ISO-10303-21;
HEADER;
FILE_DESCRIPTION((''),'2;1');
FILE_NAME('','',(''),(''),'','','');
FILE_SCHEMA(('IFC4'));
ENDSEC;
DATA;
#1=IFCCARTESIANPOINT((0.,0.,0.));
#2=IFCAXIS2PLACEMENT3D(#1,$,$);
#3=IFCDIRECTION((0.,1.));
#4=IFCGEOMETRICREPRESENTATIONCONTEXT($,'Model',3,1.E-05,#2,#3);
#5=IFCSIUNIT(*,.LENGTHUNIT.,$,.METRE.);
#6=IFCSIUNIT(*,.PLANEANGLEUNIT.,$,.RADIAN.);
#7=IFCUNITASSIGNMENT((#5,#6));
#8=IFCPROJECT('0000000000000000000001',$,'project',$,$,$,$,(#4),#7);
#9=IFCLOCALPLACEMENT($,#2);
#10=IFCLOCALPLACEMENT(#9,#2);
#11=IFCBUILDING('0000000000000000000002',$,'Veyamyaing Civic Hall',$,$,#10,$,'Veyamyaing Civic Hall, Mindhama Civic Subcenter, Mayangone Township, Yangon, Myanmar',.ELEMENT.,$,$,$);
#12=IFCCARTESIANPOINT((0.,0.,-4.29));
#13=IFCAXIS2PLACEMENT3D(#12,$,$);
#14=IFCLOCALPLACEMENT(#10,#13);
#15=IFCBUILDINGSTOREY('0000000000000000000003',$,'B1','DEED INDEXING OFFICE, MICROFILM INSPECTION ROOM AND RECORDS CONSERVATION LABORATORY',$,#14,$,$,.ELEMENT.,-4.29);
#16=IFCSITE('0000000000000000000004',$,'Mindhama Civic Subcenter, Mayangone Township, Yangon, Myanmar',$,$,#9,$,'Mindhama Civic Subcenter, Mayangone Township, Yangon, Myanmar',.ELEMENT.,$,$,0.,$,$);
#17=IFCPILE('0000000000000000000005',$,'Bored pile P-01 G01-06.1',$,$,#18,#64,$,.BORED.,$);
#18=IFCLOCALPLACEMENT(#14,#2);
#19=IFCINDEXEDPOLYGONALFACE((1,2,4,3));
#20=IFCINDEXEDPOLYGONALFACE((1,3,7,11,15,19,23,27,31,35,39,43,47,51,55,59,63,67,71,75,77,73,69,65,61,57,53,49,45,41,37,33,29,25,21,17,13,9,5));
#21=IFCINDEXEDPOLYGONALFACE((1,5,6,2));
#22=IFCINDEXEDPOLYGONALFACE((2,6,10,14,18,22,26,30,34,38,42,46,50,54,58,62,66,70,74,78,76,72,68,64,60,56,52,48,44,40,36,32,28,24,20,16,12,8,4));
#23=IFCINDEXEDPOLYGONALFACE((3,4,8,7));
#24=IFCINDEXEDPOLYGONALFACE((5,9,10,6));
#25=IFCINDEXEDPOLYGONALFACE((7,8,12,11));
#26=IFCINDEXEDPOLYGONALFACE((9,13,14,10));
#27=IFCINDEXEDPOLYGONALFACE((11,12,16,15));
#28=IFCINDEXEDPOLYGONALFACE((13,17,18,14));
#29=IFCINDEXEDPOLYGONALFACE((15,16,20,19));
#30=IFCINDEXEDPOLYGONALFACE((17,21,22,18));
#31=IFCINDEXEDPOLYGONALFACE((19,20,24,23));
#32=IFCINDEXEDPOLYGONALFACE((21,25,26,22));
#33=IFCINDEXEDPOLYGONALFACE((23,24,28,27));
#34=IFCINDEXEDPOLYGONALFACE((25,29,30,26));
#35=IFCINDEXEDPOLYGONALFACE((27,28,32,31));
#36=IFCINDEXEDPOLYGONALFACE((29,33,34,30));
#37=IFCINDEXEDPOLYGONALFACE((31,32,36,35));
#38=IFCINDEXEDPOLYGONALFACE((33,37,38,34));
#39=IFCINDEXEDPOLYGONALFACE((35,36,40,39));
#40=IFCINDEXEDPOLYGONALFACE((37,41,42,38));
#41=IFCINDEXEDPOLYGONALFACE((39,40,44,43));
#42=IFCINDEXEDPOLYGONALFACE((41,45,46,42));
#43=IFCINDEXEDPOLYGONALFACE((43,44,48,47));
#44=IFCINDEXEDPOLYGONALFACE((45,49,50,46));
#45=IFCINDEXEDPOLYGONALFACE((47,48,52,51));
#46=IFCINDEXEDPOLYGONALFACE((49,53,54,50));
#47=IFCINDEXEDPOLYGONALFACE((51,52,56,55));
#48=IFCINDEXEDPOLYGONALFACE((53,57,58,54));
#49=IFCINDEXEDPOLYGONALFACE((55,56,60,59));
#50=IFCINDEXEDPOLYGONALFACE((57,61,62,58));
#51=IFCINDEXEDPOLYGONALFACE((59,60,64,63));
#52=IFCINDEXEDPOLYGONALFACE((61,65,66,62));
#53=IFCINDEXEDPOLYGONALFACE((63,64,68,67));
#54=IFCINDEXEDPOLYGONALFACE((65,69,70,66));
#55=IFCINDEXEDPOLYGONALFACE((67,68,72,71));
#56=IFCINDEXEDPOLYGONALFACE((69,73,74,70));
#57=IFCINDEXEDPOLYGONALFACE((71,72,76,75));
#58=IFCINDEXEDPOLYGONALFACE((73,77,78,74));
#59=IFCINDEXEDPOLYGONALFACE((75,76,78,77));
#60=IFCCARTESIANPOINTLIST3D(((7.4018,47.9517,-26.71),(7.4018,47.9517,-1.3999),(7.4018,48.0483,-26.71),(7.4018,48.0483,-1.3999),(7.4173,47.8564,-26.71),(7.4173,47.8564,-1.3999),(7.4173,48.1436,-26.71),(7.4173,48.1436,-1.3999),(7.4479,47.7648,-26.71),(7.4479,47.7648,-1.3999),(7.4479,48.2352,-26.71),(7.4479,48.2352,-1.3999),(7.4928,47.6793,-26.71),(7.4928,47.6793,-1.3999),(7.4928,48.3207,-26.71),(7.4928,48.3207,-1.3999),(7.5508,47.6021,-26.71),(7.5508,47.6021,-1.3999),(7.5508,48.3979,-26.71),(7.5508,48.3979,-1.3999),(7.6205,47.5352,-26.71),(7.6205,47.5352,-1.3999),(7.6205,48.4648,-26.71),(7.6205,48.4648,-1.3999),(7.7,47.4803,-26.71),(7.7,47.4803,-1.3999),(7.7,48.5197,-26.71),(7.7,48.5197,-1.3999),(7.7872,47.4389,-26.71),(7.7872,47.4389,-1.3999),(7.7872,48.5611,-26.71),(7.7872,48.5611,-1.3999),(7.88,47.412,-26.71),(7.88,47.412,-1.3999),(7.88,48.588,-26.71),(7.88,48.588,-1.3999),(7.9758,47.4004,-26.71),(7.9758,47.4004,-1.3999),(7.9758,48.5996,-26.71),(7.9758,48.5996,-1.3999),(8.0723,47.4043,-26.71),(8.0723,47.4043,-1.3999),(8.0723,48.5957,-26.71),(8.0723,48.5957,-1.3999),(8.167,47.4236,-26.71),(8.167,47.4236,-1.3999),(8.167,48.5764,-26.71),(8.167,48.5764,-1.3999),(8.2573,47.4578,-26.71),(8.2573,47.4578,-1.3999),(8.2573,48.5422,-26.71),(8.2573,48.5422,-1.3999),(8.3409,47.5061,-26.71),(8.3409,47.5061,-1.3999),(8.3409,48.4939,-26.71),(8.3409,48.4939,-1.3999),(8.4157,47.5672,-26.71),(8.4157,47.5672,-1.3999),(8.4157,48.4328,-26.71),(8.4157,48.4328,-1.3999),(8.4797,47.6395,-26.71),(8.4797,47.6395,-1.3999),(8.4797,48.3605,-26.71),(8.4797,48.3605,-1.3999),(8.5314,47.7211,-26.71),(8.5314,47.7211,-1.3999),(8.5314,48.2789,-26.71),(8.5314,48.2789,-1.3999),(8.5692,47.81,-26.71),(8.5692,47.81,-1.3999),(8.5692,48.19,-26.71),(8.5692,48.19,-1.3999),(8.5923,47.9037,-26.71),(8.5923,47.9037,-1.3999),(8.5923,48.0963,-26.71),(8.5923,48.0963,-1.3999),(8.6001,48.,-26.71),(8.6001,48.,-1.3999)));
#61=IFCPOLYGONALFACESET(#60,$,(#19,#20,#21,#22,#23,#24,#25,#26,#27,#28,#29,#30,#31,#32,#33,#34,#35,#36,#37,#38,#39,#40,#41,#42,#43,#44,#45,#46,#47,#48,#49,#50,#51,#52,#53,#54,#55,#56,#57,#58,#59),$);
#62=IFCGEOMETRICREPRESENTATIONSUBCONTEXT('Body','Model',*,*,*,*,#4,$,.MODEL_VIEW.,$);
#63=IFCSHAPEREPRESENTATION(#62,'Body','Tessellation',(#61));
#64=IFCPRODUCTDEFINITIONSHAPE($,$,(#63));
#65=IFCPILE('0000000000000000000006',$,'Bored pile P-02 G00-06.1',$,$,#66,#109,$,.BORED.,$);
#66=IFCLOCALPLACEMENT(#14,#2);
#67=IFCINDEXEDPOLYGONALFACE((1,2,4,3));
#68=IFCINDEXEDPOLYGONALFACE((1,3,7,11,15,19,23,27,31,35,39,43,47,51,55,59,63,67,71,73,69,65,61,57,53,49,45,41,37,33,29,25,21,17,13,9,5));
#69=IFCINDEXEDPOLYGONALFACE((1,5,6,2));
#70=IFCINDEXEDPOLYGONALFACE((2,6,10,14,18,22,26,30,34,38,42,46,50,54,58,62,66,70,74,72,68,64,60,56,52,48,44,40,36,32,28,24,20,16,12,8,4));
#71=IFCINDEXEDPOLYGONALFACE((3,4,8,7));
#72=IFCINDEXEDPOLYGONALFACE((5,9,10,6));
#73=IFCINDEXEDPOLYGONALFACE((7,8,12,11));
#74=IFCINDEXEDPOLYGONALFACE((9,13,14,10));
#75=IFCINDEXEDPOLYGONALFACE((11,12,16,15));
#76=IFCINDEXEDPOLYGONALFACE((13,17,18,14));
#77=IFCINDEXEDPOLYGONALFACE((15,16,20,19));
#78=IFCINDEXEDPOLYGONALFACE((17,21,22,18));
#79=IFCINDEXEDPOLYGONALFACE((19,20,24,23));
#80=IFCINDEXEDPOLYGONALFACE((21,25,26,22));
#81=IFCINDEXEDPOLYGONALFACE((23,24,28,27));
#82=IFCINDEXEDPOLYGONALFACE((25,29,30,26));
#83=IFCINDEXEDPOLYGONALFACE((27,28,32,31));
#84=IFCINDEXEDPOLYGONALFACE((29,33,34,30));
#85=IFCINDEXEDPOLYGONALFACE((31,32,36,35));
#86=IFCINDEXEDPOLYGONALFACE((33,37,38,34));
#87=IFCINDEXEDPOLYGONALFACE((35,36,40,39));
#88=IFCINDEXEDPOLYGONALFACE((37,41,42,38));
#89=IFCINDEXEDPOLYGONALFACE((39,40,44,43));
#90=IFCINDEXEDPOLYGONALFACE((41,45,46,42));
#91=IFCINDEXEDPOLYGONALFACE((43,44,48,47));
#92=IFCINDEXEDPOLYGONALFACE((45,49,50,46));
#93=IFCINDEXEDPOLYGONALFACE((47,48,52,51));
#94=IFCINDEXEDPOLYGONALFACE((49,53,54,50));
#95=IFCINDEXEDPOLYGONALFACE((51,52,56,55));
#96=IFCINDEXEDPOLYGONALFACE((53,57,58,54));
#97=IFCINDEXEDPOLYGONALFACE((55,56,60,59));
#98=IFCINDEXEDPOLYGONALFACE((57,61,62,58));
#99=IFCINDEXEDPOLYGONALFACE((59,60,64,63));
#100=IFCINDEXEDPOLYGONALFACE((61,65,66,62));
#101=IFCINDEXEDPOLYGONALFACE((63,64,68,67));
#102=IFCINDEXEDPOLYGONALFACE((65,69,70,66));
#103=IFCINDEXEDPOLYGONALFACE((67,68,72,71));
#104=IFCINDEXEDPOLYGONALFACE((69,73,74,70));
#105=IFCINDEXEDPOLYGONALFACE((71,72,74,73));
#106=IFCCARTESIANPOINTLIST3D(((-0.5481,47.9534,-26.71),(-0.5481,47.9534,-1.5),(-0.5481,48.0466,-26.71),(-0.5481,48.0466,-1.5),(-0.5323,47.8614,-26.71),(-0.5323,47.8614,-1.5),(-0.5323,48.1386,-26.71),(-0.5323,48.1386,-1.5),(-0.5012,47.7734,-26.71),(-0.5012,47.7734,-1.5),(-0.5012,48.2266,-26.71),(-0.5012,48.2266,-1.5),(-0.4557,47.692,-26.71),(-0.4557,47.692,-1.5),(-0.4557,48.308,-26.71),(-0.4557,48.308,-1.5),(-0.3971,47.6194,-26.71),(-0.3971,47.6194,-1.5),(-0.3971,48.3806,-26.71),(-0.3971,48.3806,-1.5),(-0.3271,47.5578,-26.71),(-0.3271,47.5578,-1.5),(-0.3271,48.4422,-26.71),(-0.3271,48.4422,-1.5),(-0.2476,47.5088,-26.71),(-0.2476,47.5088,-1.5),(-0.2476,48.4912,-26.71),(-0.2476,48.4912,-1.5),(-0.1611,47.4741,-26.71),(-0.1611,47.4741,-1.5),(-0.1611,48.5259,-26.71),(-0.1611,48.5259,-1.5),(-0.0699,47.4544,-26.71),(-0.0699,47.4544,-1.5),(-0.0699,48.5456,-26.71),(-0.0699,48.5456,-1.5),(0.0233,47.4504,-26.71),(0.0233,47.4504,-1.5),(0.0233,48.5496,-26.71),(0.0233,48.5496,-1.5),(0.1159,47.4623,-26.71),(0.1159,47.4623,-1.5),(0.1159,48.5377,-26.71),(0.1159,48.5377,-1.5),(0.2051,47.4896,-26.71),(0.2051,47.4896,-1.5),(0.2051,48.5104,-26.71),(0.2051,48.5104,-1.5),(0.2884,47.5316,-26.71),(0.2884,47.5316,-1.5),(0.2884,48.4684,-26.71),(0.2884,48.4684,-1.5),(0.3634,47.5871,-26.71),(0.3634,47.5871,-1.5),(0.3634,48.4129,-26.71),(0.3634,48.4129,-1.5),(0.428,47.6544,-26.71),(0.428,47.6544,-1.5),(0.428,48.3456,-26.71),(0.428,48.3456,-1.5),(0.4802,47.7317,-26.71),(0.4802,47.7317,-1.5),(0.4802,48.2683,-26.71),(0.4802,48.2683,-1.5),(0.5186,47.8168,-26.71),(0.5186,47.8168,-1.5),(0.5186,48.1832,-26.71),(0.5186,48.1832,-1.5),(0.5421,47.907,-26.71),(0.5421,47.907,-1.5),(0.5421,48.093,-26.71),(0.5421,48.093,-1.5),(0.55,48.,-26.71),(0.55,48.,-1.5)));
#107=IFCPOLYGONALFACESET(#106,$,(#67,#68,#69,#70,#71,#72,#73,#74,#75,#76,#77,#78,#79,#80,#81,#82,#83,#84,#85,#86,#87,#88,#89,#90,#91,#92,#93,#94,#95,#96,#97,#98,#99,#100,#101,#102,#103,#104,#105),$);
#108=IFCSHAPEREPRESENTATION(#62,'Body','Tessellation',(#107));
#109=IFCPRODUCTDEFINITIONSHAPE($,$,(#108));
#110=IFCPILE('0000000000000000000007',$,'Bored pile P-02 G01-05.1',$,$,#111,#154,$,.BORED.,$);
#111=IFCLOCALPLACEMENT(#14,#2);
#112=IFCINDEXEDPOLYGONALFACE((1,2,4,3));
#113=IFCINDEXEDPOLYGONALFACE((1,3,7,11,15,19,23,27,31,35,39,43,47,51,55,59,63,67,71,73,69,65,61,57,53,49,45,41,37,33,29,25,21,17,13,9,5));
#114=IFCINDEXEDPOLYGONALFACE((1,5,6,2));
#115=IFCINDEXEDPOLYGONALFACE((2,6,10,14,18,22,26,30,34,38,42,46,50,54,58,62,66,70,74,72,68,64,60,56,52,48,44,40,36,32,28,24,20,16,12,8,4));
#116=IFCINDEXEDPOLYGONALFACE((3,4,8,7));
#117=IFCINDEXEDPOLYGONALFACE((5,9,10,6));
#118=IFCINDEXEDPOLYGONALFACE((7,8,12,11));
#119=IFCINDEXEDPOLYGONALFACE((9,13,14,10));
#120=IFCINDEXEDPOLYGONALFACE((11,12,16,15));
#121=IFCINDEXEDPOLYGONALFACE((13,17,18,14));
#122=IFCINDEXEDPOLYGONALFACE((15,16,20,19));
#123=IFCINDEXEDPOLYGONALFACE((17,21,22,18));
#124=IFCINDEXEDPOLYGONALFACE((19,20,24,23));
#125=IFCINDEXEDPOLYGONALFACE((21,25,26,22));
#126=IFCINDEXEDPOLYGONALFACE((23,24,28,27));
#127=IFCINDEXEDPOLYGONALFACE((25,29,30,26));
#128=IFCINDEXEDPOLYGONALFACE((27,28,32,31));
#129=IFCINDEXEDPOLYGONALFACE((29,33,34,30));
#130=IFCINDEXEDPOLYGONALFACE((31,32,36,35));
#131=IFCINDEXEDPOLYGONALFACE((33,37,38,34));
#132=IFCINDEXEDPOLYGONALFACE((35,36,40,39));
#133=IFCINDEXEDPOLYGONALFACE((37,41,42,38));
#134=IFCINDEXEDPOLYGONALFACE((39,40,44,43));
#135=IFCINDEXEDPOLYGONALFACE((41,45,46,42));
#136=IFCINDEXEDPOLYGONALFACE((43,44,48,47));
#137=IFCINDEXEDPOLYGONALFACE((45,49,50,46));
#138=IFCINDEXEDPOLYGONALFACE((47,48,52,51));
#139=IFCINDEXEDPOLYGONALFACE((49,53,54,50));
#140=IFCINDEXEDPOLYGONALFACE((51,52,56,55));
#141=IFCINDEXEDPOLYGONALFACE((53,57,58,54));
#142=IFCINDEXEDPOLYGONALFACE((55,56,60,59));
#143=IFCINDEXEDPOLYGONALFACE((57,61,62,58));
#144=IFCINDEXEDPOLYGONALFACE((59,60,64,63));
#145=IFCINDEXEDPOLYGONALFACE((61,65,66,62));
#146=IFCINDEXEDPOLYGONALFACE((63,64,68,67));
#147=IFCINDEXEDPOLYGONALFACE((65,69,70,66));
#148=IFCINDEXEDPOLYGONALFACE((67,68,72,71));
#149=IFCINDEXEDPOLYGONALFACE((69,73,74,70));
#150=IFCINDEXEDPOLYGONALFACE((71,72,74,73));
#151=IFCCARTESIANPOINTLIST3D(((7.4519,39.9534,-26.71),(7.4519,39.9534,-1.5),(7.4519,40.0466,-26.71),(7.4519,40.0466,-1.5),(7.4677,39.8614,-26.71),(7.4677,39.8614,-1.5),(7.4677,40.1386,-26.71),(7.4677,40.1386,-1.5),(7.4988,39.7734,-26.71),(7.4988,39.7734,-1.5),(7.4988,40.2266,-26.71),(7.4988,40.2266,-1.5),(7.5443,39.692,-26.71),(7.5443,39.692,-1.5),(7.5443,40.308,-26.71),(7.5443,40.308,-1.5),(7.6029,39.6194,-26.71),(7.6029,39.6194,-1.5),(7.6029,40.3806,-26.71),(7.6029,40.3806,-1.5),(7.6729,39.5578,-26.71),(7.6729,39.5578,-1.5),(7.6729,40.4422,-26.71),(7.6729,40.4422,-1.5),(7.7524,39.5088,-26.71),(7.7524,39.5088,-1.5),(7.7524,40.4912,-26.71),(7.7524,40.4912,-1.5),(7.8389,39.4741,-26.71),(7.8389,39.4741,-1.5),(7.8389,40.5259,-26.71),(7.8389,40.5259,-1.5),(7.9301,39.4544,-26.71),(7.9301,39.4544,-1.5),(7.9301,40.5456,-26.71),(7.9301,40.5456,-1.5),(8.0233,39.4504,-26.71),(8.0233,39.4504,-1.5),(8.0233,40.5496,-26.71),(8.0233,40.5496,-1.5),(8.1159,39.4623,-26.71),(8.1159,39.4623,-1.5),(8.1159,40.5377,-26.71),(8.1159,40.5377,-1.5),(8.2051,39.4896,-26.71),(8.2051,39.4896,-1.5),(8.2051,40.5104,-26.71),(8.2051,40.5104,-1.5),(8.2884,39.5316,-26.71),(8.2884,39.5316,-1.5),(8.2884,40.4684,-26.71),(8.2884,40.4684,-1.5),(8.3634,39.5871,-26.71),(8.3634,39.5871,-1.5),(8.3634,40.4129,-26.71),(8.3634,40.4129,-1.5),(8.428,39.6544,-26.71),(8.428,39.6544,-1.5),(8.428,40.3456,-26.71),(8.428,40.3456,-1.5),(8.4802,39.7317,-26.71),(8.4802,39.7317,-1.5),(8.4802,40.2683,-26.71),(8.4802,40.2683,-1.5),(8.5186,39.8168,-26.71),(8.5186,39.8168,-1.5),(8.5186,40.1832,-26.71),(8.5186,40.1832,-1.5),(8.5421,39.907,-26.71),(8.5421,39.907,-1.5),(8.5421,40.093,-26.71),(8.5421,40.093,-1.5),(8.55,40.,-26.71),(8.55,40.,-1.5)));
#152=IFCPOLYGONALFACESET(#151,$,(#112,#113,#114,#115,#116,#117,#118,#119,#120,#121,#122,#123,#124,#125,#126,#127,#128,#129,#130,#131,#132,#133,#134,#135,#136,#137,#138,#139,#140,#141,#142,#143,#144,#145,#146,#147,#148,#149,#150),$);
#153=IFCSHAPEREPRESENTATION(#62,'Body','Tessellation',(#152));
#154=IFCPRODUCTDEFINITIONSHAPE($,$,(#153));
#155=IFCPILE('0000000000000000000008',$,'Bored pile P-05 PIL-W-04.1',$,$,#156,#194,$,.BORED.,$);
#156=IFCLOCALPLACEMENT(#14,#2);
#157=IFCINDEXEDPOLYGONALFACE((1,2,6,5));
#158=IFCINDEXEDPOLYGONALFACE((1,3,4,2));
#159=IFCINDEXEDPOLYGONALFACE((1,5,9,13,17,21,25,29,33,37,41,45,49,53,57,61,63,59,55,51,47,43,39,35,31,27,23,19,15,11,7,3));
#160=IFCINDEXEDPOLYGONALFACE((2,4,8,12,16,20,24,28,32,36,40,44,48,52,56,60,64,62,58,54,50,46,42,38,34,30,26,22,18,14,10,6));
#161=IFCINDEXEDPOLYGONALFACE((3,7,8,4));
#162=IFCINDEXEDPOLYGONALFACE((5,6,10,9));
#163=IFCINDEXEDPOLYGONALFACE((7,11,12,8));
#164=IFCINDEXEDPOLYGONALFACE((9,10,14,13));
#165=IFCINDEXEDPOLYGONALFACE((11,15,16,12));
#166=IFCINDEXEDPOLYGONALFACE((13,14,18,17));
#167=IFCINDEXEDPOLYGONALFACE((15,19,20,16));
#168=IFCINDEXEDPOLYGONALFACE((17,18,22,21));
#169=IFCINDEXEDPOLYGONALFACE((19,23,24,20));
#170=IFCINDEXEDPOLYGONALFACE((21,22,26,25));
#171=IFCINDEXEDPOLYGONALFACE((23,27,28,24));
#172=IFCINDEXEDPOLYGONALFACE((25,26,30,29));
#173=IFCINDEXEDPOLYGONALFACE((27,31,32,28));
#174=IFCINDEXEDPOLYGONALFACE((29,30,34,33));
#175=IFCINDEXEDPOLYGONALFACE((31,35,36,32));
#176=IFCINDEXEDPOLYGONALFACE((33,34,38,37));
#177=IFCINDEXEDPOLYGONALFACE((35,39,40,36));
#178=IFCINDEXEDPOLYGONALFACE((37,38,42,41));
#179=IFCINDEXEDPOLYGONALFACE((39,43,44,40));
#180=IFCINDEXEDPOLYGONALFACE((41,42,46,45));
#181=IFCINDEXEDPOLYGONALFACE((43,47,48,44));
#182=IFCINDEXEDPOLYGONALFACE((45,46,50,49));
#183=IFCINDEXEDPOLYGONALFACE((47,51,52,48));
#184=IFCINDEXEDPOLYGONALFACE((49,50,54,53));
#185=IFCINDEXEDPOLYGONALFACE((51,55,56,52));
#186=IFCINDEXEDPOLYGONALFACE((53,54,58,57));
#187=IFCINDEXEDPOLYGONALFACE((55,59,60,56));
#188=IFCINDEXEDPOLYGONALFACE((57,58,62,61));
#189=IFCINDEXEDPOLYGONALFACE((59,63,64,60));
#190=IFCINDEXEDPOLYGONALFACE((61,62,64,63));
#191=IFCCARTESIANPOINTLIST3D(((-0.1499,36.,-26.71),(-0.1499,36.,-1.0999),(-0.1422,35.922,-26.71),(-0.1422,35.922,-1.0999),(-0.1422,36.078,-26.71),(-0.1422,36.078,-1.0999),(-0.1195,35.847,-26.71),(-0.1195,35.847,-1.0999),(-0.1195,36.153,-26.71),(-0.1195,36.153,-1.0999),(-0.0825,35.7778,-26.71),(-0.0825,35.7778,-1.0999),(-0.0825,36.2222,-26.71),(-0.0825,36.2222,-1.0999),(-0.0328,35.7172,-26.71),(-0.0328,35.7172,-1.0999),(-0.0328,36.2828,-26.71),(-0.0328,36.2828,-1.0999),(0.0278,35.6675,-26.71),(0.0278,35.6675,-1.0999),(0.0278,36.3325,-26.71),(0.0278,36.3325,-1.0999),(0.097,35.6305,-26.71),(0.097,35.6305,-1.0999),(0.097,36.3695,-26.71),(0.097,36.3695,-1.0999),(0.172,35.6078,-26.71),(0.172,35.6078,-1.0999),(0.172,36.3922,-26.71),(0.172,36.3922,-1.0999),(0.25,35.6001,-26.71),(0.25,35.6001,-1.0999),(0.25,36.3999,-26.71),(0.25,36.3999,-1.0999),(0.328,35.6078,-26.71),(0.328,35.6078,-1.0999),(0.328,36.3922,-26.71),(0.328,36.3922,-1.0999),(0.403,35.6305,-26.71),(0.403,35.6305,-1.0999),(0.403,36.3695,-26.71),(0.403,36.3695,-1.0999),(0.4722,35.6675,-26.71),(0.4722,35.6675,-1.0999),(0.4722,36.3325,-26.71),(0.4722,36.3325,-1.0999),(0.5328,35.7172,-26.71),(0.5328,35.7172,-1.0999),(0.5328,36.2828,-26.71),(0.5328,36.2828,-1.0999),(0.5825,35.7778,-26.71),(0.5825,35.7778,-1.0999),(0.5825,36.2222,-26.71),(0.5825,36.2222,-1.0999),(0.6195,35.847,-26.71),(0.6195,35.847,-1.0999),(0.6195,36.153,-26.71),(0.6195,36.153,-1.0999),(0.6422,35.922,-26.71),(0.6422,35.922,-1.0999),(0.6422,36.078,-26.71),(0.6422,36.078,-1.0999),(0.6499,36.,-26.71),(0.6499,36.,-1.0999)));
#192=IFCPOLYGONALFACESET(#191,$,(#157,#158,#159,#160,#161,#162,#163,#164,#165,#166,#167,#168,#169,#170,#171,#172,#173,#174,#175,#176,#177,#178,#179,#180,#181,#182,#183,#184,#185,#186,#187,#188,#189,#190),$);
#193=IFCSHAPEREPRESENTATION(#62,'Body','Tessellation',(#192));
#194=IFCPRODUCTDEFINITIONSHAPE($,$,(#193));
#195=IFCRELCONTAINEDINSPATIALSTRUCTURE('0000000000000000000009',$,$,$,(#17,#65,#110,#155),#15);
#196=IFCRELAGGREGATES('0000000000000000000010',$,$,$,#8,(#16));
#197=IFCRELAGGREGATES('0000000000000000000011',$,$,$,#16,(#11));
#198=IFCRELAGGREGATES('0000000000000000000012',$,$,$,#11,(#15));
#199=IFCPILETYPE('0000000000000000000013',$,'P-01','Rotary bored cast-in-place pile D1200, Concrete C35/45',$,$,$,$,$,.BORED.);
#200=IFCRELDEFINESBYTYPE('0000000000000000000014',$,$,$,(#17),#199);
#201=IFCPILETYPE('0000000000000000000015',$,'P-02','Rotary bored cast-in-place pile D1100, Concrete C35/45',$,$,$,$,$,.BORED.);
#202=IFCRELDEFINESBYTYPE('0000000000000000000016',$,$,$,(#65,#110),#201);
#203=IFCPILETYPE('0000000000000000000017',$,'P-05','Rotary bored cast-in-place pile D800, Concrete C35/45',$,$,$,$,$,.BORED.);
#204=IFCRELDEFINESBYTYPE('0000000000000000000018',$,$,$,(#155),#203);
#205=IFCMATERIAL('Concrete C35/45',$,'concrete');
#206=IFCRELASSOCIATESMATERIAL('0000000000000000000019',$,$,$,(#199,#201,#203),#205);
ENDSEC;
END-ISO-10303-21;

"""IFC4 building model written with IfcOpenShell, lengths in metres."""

from ifc_helpers import new_model, si_unit, direction, frame, origin, origin_2d, place, context, subcontext, project, spatial, circle, extrude, material, material_profile, profile_set, type_object, element, save


model = new_model("IFC4")

# Units and contexts
model_context = context("Model", 3, precision=1e-05, world=origin(), true_north=direction((0.0, 1.0)))
body_context = subcontext(model_context, "Body", "Model", "MODEL_VIEW")
ifc_project = project(units=[si_unit("LENGTHUNIT", "METRE"), si_unit("PLANEANGLEUNIT", "RADIAN")], contexts=[model_context])

# Site, building, storey
site_placement = place(None, origin())
site = spatial("IfcSite", under=ifc_project, at=site_placement, Name="Mindhama Civic Subcenter, Mayangone Township, Yangon, Myanmar", LongName="Mindhama Civic Subcenter, Mayangone Township, Yangon, Myanmar", CompositionType="ELEMENT", RefElevation=0.0)
building_placement = place(site_placement, origin())
building = spatial("IfcBuilding", under=site, at=building_placement, Name="Veyamyaing Civic Hall", LongName="Veyamyaing Civic Hall, Mindhama Civic Subcenter, Mayangone Township, Yangon, Myanmar", CompositionType="ELEMENT")
storey_placement = place(building_placement, frame((0.0, 0.0, -4.29)))
storey = spatial("IfcBuildingStorey", under=building, at=storey_placement, Name="B1", Description="DEED INDEXING OFFICE, MICROFILM INSPECTION ROOM AND RECORDS CONSERVATION LABORATORY", CompositionType="ELEMENT", Elevation=-4.29)

# Piles
ifc_material_1 = material(Name="Concrete C35/45", Category="concrete")
ifc_material_profile_1 = material_profile(ifc_material_1, circle(Radius=0.6001, at=origin_2d()), Name="PILE-D1200")
ifc_profile_set_1 = profile_set([ifc_material_profile_1], Name="Concrete C35/45")
pile_type_1 = type_object("IfcPileType", Name="P-01", Description="Rotary bored cast-in-place pile D1200, Concrete C35/45", PredefinedType="BORED", material=ifc_profile_set_1)
for number, where, z_axis, x_axis, name in (
    (1, (8.0, 48.0, -1.3999), (0.0, 0.0, -1.0), (1.0, 0.0, 0.0), "Bored pile P-01 G01-06.1"),
):
    element("IfcPile", number, at=place(storey_placement, frame(where, z_axis=z_axis, x_axis=x_axis)), inside=storey, type_object=pile_type_1, Name=name, PredefinedType="BORED", context=body_context, shape_type="SweptSolid", body=[
        extrude(circle(Radius=0.6001, at=origin_2d()), origin(), (0.0, 0.0, 1.0), 25.3101),
    ])
ifc_material_profile_2 = material_profile(ifc_material_1, circle(Radius=0.55, at=origin_2d()), Name="PILE-D1100")
ifc_profile_set_2 = profile_set([ifc_material_profile_2], Name="Concrete C35/45")
pile_type_2 = type_object("IfcPileType", Name="P-02", Description="Rotary bored cast-in-place pile D1100, Concrete C35/45", PredefinedType="BORED", material=ifc_profile_set_2)
for number, where, z_axis, x_axis, name in (
    (2, (0.0, 48.0, -1.5), (0.0, 0.0, -1.0), (1.0, 0.0, 0.0), "Bored pile P-02 G00-06.1"),
    (3, (8.0, 40.0, -1.5), (0.0, 0.0, -1.0), (1.0, 0.0, 0.0), "Bored pile P-02 G01-05.1"),
):
    element("IfcPile", number, at=place(storey_placement, frame(where, z_axis=z_axis, x_axis=x_axis)), inside=storey, type_object=pile_type_2, Name=name, PredefinedType="BORED", context=body_context, shape_type="SweptSolid", body=[
        extrude(circle(Radius=0.55, at=origin_2d()), origin(), (0.0, 0.0, 1.0), 25.21),
    ])
ifc_material_profile_3 = material_profile(ifc_material_1, circle(Radius=0.3999, at=origin_2d()), Name="PILE-D800")
ifc_profile_set_3 = profile_set([ifc_material_profile_3], Name="Concrete C35/45")
pile_type_3 = type_object("IfcPileType", Name="P-05", Description="Rotary bored cast-in-place pile D800, Concrete C35/45", PredefinedType="BORED", material=ifc_profile_set_3)
pile_placement = place(storey_placement, frame((0.25, 36.0, -1.0999), z_axis=(0.0, 0.0, -1.0), x_axis=(1.0, 0.0, 0.0)))
element("IfcPile", 4, at=pile_placement, inside=storey, type_object=pile_type_3, Name="Bored pile P-05 PIL-W-04.1", PredefinedType="BORED", context=body_context, shape_type="SweptSolid", body=[
    extrude(circle(Radius=0.3999, at=origin_2d()), origin(), (0.0, 0.0, 1.0), 25.6101),
])

save(model, "model.ifc")
